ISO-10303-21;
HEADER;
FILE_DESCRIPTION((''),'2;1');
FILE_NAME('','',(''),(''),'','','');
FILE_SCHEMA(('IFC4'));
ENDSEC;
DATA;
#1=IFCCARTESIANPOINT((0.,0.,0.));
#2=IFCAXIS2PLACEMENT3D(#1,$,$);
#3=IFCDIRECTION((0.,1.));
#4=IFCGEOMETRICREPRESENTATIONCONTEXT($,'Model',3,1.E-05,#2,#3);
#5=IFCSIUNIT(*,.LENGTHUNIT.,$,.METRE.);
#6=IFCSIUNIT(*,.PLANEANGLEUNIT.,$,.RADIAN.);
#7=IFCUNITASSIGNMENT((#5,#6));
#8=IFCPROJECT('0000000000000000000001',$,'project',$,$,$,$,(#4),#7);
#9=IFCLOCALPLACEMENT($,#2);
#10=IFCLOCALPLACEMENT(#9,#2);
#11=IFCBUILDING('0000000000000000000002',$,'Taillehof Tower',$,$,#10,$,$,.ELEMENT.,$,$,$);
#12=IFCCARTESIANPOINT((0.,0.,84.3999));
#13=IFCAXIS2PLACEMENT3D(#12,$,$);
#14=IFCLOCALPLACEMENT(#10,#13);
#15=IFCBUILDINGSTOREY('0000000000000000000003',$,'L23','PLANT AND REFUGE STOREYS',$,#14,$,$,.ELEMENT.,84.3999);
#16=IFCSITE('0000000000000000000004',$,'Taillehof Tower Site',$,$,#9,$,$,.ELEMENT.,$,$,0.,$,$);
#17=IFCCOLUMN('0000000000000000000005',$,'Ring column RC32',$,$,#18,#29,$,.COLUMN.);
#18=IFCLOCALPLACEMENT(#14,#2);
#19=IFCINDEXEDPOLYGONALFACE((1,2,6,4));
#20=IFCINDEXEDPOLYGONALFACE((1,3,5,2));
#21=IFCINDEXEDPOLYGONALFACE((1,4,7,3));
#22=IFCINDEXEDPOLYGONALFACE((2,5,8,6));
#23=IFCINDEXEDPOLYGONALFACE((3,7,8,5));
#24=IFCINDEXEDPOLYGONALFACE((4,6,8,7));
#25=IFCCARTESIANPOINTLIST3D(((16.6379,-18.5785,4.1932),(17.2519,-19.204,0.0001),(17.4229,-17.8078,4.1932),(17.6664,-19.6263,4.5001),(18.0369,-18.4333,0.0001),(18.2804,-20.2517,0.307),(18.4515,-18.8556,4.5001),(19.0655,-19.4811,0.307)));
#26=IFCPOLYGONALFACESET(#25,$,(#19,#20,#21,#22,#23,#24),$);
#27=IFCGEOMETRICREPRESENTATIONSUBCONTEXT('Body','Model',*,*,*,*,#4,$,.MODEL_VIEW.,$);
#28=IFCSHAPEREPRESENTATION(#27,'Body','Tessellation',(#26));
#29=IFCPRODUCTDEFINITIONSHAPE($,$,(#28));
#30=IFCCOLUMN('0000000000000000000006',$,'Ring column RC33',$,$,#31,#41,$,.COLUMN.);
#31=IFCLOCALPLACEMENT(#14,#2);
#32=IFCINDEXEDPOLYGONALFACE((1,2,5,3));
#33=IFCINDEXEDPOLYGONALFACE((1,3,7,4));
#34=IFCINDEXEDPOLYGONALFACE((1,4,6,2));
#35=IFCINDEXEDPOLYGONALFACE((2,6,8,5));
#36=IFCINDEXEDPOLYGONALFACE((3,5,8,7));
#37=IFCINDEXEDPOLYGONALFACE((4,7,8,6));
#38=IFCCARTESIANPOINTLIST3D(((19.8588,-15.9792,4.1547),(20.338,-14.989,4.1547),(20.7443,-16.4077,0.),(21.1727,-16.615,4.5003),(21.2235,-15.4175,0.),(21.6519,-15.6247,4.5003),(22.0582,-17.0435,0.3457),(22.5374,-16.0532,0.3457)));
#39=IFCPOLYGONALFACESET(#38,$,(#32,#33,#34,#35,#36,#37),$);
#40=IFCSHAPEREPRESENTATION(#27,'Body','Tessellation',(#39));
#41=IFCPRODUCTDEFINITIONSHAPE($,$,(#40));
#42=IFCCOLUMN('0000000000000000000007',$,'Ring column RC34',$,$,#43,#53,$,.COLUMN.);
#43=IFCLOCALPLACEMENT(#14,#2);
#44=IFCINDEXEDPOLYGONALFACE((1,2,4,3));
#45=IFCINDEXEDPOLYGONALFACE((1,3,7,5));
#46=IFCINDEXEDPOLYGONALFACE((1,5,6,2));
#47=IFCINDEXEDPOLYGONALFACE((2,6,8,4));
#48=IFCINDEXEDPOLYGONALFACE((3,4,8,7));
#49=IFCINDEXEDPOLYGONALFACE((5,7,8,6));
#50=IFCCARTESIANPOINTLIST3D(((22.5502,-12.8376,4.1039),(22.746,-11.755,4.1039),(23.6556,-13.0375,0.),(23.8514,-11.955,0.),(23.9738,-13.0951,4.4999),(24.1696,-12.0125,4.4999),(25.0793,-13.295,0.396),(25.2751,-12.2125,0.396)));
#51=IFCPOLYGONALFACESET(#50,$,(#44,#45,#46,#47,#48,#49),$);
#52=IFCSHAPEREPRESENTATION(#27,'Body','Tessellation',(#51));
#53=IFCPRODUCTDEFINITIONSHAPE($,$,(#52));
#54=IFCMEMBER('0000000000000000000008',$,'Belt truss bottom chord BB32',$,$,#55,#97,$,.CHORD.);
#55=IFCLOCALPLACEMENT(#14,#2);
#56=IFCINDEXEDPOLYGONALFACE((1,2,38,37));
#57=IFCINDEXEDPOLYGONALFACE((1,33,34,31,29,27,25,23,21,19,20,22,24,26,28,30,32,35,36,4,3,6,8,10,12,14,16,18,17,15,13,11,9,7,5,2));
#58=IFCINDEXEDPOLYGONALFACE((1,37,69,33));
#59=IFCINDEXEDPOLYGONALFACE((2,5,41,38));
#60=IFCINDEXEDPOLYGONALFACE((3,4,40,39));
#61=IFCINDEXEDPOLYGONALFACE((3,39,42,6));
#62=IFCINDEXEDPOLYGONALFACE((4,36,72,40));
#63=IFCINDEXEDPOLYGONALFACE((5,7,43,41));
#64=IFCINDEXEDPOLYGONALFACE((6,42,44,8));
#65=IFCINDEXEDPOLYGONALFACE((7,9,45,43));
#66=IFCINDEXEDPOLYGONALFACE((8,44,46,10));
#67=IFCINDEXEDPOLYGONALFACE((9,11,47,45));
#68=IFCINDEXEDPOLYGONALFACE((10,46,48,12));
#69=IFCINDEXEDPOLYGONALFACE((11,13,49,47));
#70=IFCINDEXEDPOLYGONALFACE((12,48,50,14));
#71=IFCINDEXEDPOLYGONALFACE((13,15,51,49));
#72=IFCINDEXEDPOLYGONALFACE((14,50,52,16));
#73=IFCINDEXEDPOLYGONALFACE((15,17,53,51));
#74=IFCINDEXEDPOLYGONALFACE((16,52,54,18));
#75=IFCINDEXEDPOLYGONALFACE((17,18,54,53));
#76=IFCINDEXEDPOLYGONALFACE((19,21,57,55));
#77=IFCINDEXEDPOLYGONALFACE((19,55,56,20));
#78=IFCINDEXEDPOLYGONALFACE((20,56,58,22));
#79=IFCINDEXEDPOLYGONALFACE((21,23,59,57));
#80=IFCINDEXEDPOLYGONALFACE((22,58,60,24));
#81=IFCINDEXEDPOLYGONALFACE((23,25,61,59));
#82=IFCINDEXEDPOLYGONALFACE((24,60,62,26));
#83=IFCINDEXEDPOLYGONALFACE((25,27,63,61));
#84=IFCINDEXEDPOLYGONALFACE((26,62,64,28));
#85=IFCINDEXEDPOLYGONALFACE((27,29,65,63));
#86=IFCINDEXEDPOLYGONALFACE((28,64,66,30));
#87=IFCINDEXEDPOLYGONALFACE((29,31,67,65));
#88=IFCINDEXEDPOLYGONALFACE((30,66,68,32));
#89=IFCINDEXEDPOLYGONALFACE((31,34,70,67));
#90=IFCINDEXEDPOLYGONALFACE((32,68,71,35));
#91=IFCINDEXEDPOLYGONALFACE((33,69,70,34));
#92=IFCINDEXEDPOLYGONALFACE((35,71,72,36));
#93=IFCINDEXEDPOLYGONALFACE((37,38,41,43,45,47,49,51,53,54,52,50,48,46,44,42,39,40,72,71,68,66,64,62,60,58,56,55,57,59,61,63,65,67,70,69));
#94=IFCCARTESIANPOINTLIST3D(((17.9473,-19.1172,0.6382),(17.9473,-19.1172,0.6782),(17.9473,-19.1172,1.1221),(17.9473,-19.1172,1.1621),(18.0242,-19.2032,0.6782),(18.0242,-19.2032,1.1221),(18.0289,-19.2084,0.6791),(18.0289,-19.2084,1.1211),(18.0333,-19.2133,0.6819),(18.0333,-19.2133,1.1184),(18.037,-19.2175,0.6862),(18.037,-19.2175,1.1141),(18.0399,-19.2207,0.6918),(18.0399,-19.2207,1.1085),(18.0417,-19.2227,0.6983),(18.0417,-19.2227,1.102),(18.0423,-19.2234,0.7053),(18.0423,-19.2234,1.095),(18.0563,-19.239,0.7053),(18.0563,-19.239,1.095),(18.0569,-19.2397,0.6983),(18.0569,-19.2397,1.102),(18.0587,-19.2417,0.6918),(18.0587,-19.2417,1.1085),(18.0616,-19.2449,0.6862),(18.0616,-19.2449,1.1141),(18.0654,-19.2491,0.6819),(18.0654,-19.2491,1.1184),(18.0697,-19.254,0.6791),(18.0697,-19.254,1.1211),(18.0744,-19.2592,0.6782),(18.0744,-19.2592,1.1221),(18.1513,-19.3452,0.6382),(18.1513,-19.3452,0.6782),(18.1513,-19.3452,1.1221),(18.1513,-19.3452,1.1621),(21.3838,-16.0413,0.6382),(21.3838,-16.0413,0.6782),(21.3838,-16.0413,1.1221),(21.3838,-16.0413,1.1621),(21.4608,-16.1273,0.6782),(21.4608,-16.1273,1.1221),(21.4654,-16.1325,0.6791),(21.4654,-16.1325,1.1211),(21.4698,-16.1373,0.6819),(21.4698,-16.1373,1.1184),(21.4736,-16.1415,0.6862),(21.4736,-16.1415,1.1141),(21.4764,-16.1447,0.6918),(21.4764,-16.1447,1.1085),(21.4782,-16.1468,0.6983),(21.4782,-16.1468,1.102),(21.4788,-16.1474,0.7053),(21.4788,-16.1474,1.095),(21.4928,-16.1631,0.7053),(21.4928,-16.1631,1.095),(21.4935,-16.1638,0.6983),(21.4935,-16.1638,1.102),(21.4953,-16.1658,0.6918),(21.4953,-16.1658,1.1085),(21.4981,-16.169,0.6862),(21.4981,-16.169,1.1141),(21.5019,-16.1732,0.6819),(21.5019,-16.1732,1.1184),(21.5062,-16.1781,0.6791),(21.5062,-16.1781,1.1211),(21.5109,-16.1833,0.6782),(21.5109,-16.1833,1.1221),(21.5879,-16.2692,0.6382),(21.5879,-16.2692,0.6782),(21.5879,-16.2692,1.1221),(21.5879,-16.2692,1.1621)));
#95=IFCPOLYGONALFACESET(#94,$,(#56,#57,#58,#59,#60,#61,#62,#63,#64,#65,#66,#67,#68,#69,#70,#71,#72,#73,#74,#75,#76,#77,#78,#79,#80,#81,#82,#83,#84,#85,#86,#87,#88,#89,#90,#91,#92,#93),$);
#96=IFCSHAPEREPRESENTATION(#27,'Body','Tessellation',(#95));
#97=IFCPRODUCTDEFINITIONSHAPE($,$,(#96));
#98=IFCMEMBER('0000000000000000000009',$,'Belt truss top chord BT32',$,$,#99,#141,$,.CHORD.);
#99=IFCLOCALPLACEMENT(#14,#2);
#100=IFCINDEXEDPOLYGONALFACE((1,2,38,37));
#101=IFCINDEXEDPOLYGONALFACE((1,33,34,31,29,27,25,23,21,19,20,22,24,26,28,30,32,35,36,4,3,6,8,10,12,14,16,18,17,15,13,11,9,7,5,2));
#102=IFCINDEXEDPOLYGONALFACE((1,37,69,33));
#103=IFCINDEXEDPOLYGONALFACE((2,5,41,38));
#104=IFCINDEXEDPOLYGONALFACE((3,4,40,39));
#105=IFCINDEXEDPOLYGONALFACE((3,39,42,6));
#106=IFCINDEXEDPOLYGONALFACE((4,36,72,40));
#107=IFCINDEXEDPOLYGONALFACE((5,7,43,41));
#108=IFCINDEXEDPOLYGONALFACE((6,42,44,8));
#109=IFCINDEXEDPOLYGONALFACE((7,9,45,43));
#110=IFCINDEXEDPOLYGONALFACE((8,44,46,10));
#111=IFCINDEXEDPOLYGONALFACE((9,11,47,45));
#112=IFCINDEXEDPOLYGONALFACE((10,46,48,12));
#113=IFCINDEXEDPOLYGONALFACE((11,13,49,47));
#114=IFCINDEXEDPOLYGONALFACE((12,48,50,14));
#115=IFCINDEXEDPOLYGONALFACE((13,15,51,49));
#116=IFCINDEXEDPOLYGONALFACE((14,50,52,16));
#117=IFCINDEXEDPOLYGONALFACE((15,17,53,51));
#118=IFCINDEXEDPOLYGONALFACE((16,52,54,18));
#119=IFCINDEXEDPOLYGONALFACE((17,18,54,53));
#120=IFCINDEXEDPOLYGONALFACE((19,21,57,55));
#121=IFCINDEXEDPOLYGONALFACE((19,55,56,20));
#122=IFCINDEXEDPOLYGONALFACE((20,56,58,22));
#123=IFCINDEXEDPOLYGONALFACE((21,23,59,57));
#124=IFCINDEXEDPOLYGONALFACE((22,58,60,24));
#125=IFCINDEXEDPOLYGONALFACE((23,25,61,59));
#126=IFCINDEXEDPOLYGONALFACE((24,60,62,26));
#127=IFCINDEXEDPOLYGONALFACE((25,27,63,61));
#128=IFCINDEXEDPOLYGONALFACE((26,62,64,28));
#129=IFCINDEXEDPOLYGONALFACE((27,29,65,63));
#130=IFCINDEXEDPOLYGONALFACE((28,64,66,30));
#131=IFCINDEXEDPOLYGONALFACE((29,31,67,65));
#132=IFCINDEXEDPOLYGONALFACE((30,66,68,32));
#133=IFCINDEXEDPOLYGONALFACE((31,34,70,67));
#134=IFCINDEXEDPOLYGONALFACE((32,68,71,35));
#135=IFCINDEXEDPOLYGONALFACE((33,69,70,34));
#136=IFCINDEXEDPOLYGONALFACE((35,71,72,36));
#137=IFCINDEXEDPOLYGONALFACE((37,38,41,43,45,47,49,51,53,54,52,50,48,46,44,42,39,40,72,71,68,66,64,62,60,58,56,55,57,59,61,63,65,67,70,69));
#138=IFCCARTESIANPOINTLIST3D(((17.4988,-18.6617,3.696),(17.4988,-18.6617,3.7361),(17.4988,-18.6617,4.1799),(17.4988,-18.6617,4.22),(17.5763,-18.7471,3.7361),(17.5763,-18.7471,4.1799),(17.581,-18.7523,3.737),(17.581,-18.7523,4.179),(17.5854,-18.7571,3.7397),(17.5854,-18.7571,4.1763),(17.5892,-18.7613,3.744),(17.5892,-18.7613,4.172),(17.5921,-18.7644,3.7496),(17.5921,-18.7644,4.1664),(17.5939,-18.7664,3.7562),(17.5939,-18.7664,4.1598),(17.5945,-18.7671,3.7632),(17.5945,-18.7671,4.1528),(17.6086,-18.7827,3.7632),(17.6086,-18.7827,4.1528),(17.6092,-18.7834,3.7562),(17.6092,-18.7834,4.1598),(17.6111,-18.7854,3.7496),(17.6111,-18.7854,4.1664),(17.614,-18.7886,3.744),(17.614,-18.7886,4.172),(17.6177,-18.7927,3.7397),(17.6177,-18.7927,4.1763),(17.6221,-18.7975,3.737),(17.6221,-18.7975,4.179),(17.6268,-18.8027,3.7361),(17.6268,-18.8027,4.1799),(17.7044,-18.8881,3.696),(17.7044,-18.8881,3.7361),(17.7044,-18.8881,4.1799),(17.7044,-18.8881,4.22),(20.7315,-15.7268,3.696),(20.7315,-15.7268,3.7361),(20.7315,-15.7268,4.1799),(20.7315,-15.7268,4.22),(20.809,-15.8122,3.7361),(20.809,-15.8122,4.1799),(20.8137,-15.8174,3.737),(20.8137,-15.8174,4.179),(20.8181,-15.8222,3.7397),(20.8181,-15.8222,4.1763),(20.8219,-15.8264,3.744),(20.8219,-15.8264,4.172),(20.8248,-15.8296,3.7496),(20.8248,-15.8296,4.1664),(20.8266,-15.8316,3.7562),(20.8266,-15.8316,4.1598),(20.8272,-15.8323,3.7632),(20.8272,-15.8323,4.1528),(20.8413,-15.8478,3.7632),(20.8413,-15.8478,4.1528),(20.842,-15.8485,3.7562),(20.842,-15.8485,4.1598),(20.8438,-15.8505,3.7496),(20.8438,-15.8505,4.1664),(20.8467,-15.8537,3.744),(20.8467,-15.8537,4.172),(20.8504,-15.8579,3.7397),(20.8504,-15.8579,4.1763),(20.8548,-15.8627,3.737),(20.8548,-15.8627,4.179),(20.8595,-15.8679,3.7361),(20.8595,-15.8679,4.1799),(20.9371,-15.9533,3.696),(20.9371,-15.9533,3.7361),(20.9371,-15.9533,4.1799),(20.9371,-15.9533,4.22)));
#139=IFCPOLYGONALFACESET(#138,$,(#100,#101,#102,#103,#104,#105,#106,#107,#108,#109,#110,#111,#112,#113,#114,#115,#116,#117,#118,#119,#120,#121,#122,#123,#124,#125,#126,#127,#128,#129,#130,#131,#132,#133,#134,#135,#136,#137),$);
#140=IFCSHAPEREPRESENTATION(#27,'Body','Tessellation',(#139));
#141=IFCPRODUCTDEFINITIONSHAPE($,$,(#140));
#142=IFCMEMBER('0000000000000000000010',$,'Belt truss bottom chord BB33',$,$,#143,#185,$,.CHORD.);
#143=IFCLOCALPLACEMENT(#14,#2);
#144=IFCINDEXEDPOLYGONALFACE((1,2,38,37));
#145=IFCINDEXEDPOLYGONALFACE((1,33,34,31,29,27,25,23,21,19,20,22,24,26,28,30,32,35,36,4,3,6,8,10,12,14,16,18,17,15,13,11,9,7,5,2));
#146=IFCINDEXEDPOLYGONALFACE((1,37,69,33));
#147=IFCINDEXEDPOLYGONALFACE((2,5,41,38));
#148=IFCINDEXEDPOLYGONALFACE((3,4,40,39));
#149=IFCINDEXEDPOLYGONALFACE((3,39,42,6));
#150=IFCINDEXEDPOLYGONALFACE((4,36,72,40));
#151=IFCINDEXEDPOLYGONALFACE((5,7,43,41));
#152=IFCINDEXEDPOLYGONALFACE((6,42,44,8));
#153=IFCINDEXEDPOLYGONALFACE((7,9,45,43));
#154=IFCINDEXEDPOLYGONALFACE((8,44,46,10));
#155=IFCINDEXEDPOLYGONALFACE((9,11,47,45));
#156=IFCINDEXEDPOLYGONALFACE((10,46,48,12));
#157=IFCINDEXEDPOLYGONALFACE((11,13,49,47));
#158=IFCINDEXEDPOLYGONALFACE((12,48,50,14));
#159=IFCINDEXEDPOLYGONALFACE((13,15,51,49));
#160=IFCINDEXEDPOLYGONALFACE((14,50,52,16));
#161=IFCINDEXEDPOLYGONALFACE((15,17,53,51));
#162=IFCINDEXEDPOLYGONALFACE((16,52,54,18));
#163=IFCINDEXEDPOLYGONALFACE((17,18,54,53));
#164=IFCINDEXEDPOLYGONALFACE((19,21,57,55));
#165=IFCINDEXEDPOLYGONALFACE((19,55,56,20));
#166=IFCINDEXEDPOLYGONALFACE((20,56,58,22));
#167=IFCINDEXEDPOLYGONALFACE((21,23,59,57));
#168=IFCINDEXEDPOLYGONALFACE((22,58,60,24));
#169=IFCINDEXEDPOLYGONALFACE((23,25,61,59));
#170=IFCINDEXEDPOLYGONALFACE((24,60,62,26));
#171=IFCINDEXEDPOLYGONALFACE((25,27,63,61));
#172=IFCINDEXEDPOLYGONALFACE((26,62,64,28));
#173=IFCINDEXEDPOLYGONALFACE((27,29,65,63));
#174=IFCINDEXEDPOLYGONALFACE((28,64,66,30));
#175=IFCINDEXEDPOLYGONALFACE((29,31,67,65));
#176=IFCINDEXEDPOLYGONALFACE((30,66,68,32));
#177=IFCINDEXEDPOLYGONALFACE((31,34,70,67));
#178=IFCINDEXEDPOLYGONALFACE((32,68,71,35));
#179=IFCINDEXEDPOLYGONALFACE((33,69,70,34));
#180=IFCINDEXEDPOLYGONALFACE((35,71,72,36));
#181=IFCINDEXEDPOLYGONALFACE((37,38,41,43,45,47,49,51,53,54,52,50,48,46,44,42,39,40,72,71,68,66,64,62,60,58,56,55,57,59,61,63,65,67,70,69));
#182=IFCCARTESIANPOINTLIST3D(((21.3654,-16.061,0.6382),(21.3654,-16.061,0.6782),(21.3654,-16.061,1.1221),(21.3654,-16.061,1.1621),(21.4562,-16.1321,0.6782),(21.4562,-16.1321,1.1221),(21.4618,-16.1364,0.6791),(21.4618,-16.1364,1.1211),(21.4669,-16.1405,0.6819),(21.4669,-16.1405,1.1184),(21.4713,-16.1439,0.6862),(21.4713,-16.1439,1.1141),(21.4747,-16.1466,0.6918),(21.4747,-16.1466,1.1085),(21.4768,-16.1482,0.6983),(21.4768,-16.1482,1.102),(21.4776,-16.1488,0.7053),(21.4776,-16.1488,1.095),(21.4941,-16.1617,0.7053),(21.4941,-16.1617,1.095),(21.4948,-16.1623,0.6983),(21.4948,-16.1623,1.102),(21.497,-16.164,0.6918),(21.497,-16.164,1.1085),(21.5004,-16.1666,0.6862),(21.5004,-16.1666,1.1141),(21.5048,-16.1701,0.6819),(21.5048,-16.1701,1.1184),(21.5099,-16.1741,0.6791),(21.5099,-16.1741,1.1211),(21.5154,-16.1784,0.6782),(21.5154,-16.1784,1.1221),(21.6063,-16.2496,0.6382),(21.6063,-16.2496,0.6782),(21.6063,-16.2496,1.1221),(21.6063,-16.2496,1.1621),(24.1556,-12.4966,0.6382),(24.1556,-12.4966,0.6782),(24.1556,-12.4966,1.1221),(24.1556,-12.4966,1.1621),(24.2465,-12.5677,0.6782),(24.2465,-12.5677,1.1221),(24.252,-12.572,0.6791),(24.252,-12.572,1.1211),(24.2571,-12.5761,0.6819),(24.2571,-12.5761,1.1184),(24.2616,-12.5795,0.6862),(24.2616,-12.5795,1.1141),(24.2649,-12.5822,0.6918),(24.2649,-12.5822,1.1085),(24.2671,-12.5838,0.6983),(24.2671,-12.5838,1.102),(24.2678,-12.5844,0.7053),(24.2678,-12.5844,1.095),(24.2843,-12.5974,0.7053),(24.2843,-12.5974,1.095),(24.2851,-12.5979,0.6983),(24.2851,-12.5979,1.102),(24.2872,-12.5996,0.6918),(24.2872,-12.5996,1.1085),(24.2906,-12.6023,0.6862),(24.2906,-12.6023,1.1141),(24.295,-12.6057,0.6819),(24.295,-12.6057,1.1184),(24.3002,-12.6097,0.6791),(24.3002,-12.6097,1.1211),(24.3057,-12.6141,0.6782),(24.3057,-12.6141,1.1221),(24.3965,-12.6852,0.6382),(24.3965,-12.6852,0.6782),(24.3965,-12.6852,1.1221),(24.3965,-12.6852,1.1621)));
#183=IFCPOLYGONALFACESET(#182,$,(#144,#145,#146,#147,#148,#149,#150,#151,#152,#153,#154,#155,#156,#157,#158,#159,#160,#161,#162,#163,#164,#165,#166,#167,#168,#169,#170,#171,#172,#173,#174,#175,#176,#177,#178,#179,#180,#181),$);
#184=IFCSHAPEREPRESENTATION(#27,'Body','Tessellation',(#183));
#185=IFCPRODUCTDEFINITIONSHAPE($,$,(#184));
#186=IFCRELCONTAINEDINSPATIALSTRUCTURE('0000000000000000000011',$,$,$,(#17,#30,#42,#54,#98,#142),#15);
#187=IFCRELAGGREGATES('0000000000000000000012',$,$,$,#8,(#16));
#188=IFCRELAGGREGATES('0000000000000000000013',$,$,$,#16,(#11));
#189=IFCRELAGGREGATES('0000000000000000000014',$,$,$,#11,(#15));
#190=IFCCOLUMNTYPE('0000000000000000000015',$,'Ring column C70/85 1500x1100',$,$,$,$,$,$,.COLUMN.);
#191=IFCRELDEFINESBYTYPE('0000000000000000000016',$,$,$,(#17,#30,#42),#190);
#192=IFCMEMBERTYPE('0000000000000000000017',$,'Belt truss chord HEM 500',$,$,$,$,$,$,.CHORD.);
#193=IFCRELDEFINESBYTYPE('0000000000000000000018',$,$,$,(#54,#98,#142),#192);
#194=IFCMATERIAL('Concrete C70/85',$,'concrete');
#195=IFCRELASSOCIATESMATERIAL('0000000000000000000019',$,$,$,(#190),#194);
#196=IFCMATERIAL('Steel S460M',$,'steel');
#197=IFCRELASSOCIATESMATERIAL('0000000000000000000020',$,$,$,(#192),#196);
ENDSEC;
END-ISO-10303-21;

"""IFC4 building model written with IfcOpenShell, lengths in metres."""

from ifc_helpers import new_model, si_unit, direction, frame, origin, origin_2d, place, context, subcontext, project, spatial, rectangle, i_section, extrude, material, material_profile, profile_set, type_object, element, save


model = new_model("IFC4")

# Units and contexts
model_context = context("Model", 3, precision=1e-05, world=origin(), true_north=direction((0.0, 1.0)))
body_context = subcontext(model_context, "Body", "Model", "MODEL_VIEW")
ifc_project = project(units=[si_unit("LENGTHUNIT", "METRE"), si_unit("PLANEANGLEUNIT", "RADIAN")], contexts=[model_context])

# Site, building, storey
site_placement = place(None, origin())
site = spatial("IfcSite", under=ifc_project, at=site_placement, Name="Taillehof Tower Site", CompositionType="ELEMENT", RefElevation=0.0)
building_placement = place(site_placement, origin())
building = spatial("IfcBuilding", under=site, at=building_placement, Name="Taillehof Tower", CompositionType="ELEMENT")
storey_placement = place(building_placement, frame((0.0, 0.0, 84.3999)))
storey = spatial("IfcBuildingStorey", under=building, at=storey_placement, Name="L23", Description="PLANT AND REFUGE STOREYS", CompositionType="ELEMENT", Elevation=84.3999)

# Columns
ifc_material_1 = material(Name="Concrete C70/85", Category="concrete")
ifc_material_profile_1 = material_profile(ifc_material_1, rectangle(XDim=1.5, YDim=1.1001, at=origin_2d()), Name="RC 1500x1100")
ifc_profile_set_1 = profile_set([ifc_material_profile_1], Name="Concrete C70/85")
column_type = type_object("IfcColumnType", Name="Ring column C70/85 1500x1100", PredefinedType="COLUMN", material=ifc_profile_set_1)
column_1_placement = place(storey_placement, frame((18.1587, -19.3425, 0.1536), z_axis=(-0.143336, 0.146014, 0.978844), x_axis=(0.68571, -0.698524, 0.20461)))
element("IfcColumn", 1, at=column_1_placement, inside=storey, type_object=column_type, Name="Ring column RC32", PredefinedType="COLUMN", context=body_context, shape_type="SweptSolid", body=[
    extrude(rectangle(XDim=1.5, YDim=1.1001, at=origin_2d()), origin(), (0.0, 0.0, 1.0), 4.2837),
])
column_2_placement = place(storey_placement, frame((21.6409, -16.2305, 0.1729), z_axis=(-0.207405, 0.100357, 0.973094), x_axis=(0.875939, -0.423842, 0.230409)))
element("IfcColumn", 2, at=column_2_placement, inside=storey, type_object=column_type, Name="Ring column RC33", PredefinedType="COLUMN", context=body_context, shape_type="SweptSolid", body=[
    extrude(rectangle(XDim=1.5, YDim=1.1001, at=origin_2d()), origin(), (0.0, 0.0, 1.0), 4.2695),
])
column_3_placement = place(storey_placement, frame((24.4653, -12.625, 0.198), z_axis=(-0.259806, 0.046992, 0.964517), x_axis=(0.949116, -0.171671, 0.264021)))
element("IfcColumn", 3, at=column_3_placement, inside=storey, type_object=column_type, Name="Ring column RC34", PredefinedType="COLUMN", context=body_context, shape_type="SweptSolid", body=[
    extrude(rectangle(XDim=1.5, YDim=1.1001, at=origin_2d()), origin(), (0.0, 0.0, 1.0), 4.2549),
])

# Members
ifc_material_2 = material(Name="Steel S460M", Category="steel")
ifc_material_profile_2 = material_profile(ifc_material_2, i_section(OverallWidth=0.3059, OverallDepth=0.5239, WebThickness=0.021, FlangeThickness=0.04, FilletRadius=0.0271, at=origin_2d()), Name="HEM 500")
ifc_profile_set_2 = profile_set([ifc_material_profile_2], Name="Steel S460M")
member_type_1 = type_object("IfcMemberType", Name="Belt truss chord HEM 500", PredefinedType="CHORD", material=ifc_profile_set_2)
member_1_placement = place(storey_placement, frame((18.0493, -19.2312, 0.9001), z_axis=(0.745118, 0.666933, 0.0), x_axis=(-0.666933, 0.745118, 0.0)))
element("IfcMember", 4, at=member_1_placement, inside=storey, type_object=member_type_1, Name="Belt truss bottom chord BB32", PredefinedType="CHORD", context=body_context, shape_type="SweptSolid", body=[
    extrude(i_section(OverallWidth=0.3059, OverallDepth=0.5239, WebThickness=0.021, FlangeThickness=0.04, FilletRadius=0.0271, at=origin_2d()), origin(), (0.0, 0.0, 1.0), 4.6121),
])
member_2_placement = place(storey_placement, frame((17.6016, -18.7749, 3.958), z_axis=(0.740393, 0.672174, 0.0), x_axis=(-0.672174, 0.740393, 0.0)))
element("IfcMember", 5, at=member_2_placement, inside=storey, type_object=member_type_1, Name="Belt truss top chord BT32", PredefinedType="CHORD", context=body_context, shape_type="SweptSolid", body=[
    extrude(i_section(OverallWidth=0.3059, OverallDepth=0.5239, WebThickness=0.021, FlangeThickness=0.04, FilletRadius=0.0271, at=origin_2d()), origin(), (0.0, 0.0, 1.0), 4.3662),
])
member_3_placement = place(storey_placement, frame((21.4858, -16.1553, 0.9001), z_axis=(0.616406, 0.787429, 0.0), x_axis=(-0.787429, 0.616406, 0.0)))
element("IfcMember", 6, at=member_3_placement, inside=storey, type_object=member_type_1, Name="Belt truss bottom chord BB33", PredefinedType="CHORD", context=body_context, shape_type="SweptSolid", body=[
    extrude(i_section(OverallWidth=0.3059, OverallDepth=0.5239, WebThickness=0.021, FlangeThickness=0.04, FilletRadius=0.0271, at=origin_2d()), origin(), (0.0, 0.0, 1.0), 4.5266),
])

save(model, "model.ifc")
